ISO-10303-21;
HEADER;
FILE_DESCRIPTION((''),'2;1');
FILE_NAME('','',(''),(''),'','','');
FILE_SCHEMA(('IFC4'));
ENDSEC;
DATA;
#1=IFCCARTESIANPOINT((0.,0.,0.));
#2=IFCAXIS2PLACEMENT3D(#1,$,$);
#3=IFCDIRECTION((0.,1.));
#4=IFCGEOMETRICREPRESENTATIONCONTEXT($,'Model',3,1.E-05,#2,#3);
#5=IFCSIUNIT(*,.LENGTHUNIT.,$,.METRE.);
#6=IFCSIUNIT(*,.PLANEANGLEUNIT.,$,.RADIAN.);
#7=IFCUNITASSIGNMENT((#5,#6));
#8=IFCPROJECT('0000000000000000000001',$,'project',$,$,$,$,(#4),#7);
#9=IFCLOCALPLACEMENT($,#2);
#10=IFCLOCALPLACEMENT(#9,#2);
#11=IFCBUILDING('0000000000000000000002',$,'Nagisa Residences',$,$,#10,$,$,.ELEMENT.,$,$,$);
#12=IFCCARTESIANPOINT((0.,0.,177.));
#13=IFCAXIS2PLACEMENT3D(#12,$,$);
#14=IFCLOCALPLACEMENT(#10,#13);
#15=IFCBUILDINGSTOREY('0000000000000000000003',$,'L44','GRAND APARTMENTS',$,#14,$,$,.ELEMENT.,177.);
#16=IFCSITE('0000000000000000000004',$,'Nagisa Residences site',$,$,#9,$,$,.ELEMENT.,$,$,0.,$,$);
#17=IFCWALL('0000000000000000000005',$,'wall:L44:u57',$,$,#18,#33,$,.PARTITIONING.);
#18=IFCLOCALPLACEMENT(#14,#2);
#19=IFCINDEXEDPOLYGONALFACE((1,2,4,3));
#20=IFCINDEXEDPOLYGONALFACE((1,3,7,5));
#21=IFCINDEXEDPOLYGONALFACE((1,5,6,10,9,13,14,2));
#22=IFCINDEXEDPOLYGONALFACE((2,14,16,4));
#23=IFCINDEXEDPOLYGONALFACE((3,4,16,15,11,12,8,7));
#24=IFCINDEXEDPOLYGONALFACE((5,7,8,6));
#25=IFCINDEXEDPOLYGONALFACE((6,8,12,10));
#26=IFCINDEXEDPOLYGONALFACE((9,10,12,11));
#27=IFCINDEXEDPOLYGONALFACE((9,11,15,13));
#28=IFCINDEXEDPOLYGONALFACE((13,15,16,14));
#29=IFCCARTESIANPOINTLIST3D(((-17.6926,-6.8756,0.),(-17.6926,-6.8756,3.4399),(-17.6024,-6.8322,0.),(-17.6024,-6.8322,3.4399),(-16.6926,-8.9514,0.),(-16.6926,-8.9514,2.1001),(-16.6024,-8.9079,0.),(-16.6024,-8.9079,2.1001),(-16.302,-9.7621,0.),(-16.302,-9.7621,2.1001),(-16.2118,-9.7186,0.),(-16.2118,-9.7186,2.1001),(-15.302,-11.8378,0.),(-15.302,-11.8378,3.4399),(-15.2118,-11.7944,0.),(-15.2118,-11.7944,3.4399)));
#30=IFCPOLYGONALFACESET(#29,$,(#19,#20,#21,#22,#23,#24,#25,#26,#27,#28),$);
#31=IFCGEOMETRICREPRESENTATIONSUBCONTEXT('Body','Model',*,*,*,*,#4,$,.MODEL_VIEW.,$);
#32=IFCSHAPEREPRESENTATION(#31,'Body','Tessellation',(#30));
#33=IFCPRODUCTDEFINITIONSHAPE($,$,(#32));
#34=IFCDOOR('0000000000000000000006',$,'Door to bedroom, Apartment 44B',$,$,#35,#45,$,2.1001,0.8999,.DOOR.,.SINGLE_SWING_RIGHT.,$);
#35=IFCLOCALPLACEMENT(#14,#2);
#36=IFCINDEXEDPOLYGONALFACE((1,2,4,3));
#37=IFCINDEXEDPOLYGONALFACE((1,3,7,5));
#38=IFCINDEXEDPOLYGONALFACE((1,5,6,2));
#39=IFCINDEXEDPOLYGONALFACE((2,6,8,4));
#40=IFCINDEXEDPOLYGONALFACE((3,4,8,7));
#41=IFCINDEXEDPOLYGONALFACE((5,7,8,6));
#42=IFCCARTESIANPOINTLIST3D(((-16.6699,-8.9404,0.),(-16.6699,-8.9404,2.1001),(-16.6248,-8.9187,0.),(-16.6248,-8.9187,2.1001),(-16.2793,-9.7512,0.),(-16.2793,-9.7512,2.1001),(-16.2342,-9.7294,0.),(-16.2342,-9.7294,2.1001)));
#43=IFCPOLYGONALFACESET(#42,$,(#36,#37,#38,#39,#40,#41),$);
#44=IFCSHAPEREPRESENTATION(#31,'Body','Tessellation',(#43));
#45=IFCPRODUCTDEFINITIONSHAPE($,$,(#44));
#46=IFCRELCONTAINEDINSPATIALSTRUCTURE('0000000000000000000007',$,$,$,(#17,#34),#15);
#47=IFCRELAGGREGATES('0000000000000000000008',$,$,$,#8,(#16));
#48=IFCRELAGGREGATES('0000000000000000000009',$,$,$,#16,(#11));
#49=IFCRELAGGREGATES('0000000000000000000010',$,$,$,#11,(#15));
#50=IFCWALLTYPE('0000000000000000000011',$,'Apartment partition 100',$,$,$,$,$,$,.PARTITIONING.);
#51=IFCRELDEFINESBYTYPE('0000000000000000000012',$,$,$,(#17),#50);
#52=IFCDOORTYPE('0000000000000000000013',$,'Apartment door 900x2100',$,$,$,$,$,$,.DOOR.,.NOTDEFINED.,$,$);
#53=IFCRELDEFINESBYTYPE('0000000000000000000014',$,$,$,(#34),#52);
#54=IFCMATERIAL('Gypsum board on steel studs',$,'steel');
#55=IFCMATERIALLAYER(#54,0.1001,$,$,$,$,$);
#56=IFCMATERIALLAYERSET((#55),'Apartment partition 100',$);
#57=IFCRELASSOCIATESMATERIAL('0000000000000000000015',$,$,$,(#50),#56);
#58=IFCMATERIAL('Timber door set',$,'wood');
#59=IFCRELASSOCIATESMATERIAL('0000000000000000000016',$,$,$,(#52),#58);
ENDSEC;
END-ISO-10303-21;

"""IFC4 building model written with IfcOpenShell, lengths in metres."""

from ifc_helpers import new_model, si_unit, direction, frame, frame_2d, origin, place, context, subcontext, project, spatial, rectangle, extrude, material, layer, layer_set, type_object, element, fill, save


model = new_model("IFC4")

# Units and contexts
model_context = context("Model", 3, precision=1e-05, world=origin(), true_north=direction((0.0, 1.0)))
body_context = subcontext(model_context, "Body", "Model", "MODEL_VIEW")
ifc_project = project(units=[si_unit("LENGTHUNIT", "METRE"), si_unit("PLANEANGLEUNIT", "RADIAN")], contexts=[model_context])

# Site, building, storey
site_placement = place(None, origin())
site = spatial("IfcSite", under=ifc_project, at=site_placement, Name="Nagisa Residences site", CompositionType="ELEMENT", RefElevation=0.0)
building_placement = place(site_placement, origin())
building = spatial("IfcBuilding", under=site, at=building_placement, Name="Nagisa Residences", CompositionType="ELEMENT")
storey_placement = place(building_placement, frame((0.0, 0.0, 177.0)))
storey = spatial("IfcBuildingStorey", under=building, at=storey_placement, Name="L44", Description="GRAND APARTMENTS", CompositionType="ELEMENT", Elevation=177.0)

# Shared definitions
ifc_material_1 = material(Name="Gypsum board on steel studs", Category="steel")
ifc_layer_1 = layer(ifc_material_1, 0.1001)
ifc_layer_set_1 = layer_set([ifc_layer_1], Name="Apartment partition 100")
wall_type_1 = type_object("IfcWallType", Name="Apartment partition 100", PredefinedType="PARTITIONING", material=ifc_layer_set_1)
ifc_material_2 = material(Name="Timber door set", Category="wood")
door_type_1 = type_object("IfcDoorType", Name="Apartment door 900x2100", OperationType="NOTDEFINED", PredefinedType="DOOR", material=ifc_material_2)

# Wall, opening, door
wall_1_placement = place(storey_placement, frame((-17.6475, -6.854, 0.0), z_axis=(0.0, 0.0, 1.0), x_axis=(0.434028, -0.9009, 0.0)))
wall_1 = element("IfcWall", 1, at=wall_1_placement, inside=storey, type_object=wall_type_1, Name="wall:L44:u57", PredefinedType="PARTITIONING", context=body_context, shape_type="SweptSolid", body=[
    extrude(rectangle(XDim=5.5081, YDim=0.1001, at=frame_2d((2.7539, 0.0))), origin(), (0.0, 0.0, 1.0), 3.4399),
])
opening_1_placement = place(wall_1_placement, frame((2.304, 0.0, 0.0)))
opening_1 = element("IfcOpeningElement", 2, at=opening_1_placement, cuts=wall_1, PredefinedType="OPENING", context=body_context, shape_type="SweptSolid", body=[
    extrude(rectangle(XDim=0.8999, YDim=2.1001, at=frame_2d((0.45, 1.05))), frame((0.0, 0.0601, 0.0), z_axis=(0.0, -1.0, 0.0), x_axis=(1.0, 0.0, 0.0)), (0.0, 0.0, 1.0), 0.1201),
])
door_1_placement = place(opening_1_placement, frame((0.8999, 0.0, 0.0), x_axis=(-1.0, 0.0, 0.0)))
door_1 = element("IfcDoor", 3, at=door_1_placement, inside=storey, type_object=door_type_1, Name="Door to bedroom, Apartment 44B", OperationType="SINGLE_SWING_RIGHT", OverallHeight=2.1001, OverallWidth=0.8999, PredefinedType="DOOR", context=body_context, shape_type="SweptSolid", body=[
    extrude(rectangle(XDim=0.8999, YDim=2.1001, at=frame_2d((0.45, 1.05))), frame((0.0, 0.0249, 0.0), z_axis=(0.0, -1.0, 0.0), x_axis=(1.0, 0.0, 0.0)), (0.0, 0.0, 1.0), 0.05),
])
fill(opening_1, door_1)

save(model, "model.ifc")
